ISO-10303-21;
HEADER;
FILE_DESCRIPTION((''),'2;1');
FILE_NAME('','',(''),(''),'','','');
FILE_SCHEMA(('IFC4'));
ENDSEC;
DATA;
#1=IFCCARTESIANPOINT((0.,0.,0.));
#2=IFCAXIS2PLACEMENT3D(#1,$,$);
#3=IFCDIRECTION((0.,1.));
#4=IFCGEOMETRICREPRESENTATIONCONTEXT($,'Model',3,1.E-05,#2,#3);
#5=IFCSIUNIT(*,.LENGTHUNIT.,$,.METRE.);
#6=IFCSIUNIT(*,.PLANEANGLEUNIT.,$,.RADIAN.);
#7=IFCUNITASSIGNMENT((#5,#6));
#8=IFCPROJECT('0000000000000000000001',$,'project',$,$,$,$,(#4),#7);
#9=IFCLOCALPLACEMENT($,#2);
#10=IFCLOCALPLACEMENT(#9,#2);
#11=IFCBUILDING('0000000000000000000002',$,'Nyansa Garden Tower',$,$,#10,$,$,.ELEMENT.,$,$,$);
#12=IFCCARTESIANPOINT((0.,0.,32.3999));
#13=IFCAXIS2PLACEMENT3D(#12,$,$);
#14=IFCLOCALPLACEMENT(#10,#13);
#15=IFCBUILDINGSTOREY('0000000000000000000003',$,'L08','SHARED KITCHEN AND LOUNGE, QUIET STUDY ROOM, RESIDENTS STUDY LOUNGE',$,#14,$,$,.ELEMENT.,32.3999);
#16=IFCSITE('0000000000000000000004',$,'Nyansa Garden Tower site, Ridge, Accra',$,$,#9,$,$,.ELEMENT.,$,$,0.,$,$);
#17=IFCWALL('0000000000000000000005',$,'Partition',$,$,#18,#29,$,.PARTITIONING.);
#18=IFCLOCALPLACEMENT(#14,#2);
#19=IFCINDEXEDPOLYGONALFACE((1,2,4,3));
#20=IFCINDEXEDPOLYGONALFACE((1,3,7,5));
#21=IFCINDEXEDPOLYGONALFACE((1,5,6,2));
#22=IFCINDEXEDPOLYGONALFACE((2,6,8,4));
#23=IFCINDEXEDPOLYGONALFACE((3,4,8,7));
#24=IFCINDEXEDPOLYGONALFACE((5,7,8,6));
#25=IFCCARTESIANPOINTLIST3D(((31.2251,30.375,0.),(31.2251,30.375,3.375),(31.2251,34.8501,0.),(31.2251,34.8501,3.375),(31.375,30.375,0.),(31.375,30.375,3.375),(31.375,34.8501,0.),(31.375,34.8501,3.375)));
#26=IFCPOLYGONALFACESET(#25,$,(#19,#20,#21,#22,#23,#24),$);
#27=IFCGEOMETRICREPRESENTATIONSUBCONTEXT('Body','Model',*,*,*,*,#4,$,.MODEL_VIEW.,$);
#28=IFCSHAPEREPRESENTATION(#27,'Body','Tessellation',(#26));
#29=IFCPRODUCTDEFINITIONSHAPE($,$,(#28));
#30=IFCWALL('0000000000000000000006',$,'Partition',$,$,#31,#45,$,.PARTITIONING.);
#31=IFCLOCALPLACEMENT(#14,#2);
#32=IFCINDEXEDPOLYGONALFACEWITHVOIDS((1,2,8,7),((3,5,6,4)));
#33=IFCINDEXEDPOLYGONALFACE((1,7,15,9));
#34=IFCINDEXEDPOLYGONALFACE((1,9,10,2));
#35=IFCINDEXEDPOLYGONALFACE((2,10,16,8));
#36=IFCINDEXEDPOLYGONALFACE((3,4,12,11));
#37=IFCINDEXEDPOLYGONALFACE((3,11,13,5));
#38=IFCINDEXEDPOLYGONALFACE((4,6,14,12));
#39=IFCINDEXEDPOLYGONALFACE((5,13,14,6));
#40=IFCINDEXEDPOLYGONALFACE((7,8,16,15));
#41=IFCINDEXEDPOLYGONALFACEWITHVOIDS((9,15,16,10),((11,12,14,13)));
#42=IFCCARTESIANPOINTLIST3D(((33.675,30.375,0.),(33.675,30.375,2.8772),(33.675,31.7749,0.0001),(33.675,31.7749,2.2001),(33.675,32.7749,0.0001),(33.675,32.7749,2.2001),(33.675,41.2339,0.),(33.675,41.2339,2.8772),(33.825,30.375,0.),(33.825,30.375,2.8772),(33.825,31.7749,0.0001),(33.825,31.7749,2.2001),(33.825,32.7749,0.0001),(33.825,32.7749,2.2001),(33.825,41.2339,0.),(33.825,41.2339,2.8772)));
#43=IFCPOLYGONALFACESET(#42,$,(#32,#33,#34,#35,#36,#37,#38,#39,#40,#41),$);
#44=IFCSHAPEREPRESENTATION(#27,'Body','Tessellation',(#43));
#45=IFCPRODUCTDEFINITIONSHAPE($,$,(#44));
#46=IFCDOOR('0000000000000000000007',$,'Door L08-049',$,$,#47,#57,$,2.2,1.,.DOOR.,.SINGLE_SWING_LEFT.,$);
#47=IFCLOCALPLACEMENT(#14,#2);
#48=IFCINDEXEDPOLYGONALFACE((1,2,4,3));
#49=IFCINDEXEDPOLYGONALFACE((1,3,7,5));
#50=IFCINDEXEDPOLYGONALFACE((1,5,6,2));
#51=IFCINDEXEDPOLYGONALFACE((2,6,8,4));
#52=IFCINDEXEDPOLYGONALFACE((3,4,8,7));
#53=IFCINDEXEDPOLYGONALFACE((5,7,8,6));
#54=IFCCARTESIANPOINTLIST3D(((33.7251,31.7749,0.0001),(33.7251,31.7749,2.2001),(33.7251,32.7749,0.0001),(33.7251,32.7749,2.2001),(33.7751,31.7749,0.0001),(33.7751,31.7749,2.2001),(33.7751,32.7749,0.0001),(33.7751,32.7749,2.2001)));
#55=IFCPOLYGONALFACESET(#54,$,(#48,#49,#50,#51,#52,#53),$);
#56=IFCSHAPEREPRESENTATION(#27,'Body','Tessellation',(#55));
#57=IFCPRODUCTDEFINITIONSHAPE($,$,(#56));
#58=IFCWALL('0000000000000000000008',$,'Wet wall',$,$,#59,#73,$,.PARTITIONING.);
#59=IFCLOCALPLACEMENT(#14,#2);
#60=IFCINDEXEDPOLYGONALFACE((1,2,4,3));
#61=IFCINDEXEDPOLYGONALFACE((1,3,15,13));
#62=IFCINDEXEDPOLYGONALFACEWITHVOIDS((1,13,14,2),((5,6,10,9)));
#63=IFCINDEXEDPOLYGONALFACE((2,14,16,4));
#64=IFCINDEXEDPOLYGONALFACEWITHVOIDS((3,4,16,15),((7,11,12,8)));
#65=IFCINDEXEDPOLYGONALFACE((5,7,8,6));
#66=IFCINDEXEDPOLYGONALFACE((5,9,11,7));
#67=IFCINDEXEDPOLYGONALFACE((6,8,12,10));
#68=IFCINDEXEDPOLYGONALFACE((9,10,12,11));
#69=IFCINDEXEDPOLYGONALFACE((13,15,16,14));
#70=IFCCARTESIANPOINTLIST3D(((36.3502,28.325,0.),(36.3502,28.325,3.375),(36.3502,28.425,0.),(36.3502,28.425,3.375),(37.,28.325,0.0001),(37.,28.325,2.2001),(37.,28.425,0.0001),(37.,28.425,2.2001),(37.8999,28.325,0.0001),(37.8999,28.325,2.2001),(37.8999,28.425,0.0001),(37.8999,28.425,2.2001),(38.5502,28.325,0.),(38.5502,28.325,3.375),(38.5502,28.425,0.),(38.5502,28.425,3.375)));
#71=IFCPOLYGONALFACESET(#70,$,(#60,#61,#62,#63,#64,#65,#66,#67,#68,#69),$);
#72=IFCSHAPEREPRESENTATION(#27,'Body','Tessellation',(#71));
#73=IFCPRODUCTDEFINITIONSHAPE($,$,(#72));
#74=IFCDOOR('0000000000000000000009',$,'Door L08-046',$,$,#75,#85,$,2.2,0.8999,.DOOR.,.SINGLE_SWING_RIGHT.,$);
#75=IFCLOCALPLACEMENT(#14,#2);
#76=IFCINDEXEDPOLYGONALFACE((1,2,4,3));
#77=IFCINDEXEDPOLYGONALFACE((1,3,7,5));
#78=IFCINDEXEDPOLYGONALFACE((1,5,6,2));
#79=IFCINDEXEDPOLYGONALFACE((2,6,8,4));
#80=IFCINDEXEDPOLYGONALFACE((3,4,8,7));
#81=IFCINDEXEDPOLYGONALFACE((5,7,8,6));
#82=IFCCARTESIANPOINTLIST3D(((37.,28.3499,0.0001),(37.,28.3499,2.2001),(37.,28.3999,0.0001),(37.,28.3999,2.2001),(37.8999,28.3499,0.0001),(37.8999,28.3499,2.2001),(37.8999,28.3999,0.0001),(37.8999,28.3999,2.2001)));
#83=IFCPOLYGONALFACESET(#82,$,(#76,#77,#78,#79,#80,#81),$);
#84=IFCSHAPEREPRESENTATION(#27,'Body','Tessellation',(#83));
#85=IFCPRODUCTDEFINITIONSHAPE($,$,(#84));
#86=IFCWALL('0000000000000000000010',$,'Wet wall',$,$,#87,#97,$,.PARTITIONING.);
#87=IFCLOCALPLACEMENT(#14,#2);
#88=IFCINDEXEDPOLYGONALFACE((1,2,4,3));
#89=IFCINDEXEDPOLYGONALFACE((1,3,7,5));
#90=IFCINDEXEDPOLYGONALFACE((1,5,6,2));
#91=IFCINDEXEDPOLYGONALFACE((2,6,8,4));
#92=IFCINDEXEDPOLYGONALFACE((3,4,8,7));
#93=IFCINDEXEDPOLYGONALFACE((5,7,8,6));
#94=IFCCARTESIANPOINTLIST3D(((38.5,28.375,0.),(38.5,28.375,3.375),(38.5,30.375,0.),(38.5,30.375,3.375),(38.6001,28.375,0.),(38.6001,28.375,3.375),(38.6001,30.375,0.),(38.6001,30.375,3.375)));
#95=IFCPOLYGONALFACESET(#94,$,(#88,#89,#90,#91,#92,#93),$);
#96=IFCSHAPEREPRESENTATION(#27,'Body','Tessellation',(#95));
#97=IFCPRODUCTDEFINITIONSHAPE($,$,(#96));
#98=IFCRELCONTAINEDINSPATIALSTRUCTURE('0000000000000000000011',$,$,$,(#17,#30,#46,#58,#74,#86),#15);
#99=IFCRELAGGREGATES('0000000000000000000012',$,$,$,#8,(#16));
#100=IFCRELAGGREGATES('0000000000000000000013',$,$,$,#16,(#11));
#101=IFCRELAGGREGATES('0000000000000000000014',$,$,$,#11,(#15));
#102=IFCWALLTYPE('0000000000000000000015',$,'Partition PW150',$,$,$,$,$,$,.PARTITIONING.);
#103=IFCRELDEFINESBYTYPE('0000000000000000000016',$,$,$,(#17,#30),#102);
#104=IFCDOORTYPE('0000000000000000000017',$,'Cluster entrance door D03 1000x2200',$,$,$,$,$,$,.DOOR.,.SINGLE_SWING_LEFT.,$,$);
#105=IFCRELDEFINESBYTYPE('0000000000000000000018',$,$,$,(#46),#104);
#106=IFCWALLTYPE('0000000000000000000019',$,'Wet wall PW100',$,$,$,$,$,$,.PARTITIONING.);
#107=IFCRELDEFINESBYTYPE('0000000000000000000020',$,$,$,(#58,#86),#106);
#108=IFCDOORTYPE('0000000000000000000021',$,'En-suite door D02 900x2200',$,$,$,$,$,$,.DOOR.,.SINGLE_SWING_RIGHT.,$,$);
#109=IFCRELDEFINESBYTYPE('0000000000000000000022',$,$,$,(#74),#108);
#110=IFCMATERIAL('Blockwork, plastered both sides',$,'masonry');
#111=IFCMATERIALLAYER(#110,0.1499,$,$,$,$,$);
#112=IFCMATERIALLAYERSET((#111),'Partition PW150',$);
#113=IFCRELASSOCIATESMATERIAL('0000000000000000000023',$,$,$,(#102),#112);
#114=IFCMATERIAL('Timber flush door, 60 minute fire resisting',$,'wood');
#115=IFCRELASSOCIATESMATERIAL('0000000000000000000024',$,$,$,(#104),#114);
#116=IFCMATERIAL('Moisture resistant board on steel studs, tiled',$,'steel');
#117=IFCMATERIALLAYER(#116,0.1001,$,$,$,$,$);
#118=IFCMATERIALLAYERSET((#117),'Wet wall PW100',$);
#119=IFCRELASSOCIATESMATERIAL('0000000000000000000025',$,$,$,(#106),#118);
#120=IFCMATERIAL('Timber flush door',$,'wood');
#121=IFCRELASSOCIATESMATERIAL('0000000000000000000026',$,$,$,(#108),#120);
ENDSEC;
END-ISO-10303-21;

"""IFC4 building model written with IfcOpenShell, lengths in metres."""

from ifc_helpers import new_model, si_unit, direction, frame, frame_2d, origin, place, context, subcontext, project, spatial, rectangle, extrude, material, layer, layer_set, type_object, element, fill, save


model = new_model("IFC4")

# Units and contexts
model_context = context("Model", 3, precision=1e-05, world=origin(), true_north=direction((0.0, 1.0)))
body_context = subcontext(model_context, "Body", "Model", "MODEL_VIEW")
ifc_project = project(units=[si_unit("LENGTHUNIT", "METRE"), si_unit("PLANEANGLEUNIT", "RADIAN")], contexts=[model_context])

# Site, building, storey
site_placement = place(None, origin())
site = spatial("IfcSite", under=ifc_project, at=site_placement, Name="Nyansa Garden Tower site, Ridge, Accra", CompositionType="ELEMENT", RefElevation=0.0)
building_placement = place(site_placement, origin())
building = spatial("IfcBuilding", under=site, at=building_placement, Name="Nyansa Garden Tower", CompositionType="ELEMENT")
storey_placement = place(building_placement, frame((0.0, 0.0, 32.3999)))
storey = spatial("IfcBuildingStorey", under=building, at=storey_placement, Name="L08", Description="SHARED KITCHEN AND LOUNGE, QUIET STUDY ROOM, RESIDENTS STUDY LOUNGE", CompositionType="ELEMENT", Elevation=32.3999)

# Wall
ifc_material_1 = material(Name="Blockwork, plastered both sides", Category="masonry")
ifc_layer_1 = layer(ifc_material_1, 0.1499)
ifc_layer_set_1 = layer_set([ifc_layer_1], Name="Partition PW150")
wall_type_1 = type_object("IfcWallType", Name="Partition PW150", PredefinedType="PARTITIONING", material=ifc_layer_set_1)
wall_1_placement = place(storey_placement, frame((31.3, 30.375, 0.0), z_axis=(0.0, 0.0, 1.0), x_axis=(0.0, 1.0, 0.0)))
element("IfcWall", 1, at=wall_1_placement, inside=storey, type_object=wall_type_1, Name="Partition", PredefinedType="PARTITIONING", context=body_context, shape_type="SweptSolid", body=[
    extrude(rectangle(XDim=4.4751, YDim=0.1499, at=frame_2d((2.2375, 0.0))), origin(), (0.0, 0.0, 1.0), 3.375),
])

# Walls, openings, doors
wall_2_placement = place(storey_placement, frame((33.75, 30.375, 0.0), z_axis=(0.0, 0.0, 1.0), x_axis=(0.0, 1.0, 0.0)))
wall_2 = element("IfcWall", 2, at=wall_2_placement, inside=storey, type_object=wall_type_1, Name="Partition", PredefinedType="PARTITIONING", context=body_context, shape_type="SweptSolid", body=[
    extrude(rectangle(XDim=10.8589, YDim=0.1499, at=frame_2d((5.4294, 0.0))), origin(), (0.0, 0.0, 1.0), 2.8772),
])
opening_1_placement = place(wall_2_placement, frame((1.3999, 0.0, 0.0)))
opening_1 = element("IfcOpeningElement", 3, at=opening_1_placement, cuts=wall_2, PredefinedType="OPENING", context=body_context, shape_type="SweptSolid", body=[
    extrude(rectangle(XDim=1.0, YDim=2.2, at=frame_2d((0.5, 1.1001))), frame((0.0, 0.085, 0.0), z_axis=(0.0, -1.0, 0.0), x_axis=(1.0, 0.0, 0.0)), (0.0, 0.0, 1.0), 0.1699),
])
ifc_material_2 = material(Name="Timber flush door, 60 minute fire resisting", Category="wood")
door_type_1 = type_object("IfcDoorType", Name="Cluster entrance door D03 1000x2200", OperationType="SINGLE_SWING_LEFT", PredefinedType="DOOR", material=ifc_material_2)
door_1_placement = place(opening_1_placement, origin())
door_1 = element("IfcDoor", 4, at=door_1_placement, inside=storey, type_object=door_type_1, Name="Door L08-049", OperationType="SINGLE_SWING_LEFT", OverallHeight=2.2, OverallWidth=1.0, PredefinedType="DOOR", context=body_context, shape_type="SweptSolid", body=[
    extrude(rectangle(XDim=1.0, YDim=2.2, at=frame_2d((0.5, 1.1001))), frame((0.0, 0.0249, 0.0), z_axis=(0.0, -1.0, 0.0), x_axis=(1.0, 0.0, 0.0)), (0.0, 0.0, 1.0), 0.05),
])
fill(opening_1, door_1)
ifc_material_3 = material(Name="Moisture resistant board on steel studs, tiled", Category="steel")
ifc_layer_2 = layer(ifc_material_3, 0.1001)
ifc_layer_set_2 = layer_set([ifc_layer_2], Name="Wet wall PW100")
wall_type_2 = type_object("IfcWallType", Name="Wet wall PW100", PredefinedType="PARTITIONING", material=ifc_layer_set_2)
wall_3_placement = place(storey_placement, frame((36.3501, 28.375, 0.0), z_axis=(0.0, 0.0, 1.0), x_axis=(1.0, 0.0, 0.0)))
wall_3 = element("IfcWall", 5, at=wall_3_placement, inside=storey, type_object=wall_type_2, Name="Wet wall", PredefinedType="PARTITIONING", context=body_context, shape_type="SweptSolid", body=[
    extrude(rectangle(XDim=2.2, YDim=0.1001, at=frame_2d((1.1001, 0.0))), origin(), (0.0, 0.0, 1.0), 3.375),
])
opening_2_placement = place(wall_3_placement, frame((0.6499, 0.0, 0.0)))
opening_2 = element("IfcOpeningElement", 6, at=opening_2_placement, cuts=wall_3, PredefinedType="OPENING", context=body_context, shape_type="SweptSolid", body=[
    extrude(rectangle(XDim=0.8999, YDim=2.2, at=frame_2d((0.45, 1.1001))), frame((0.0, 0.0601, 0.0), z_axis=(0.0, -1.0, 0.0), x_axis=(1.0, 0.0, 0.0)), (0.0, 0.0, 1.0), 0.1201),
])
ifc_material_4 = material(Name="Timber flush door", Category="wood")
door_type_2 = type_object("IfcDoorType", Name="En-suite door D02 900x2200", OperationType="SINGLE_SWING_RIGHT", PredefinedType="DOOR", material=ifc_material_4)
door_2_placement = place(opening_2_placement, origin())
door_2 = element("IfcDoor", 7, at=door_2_placement, inside=storey, type_object=door_type_2, Name="Door L08-046", OperationType="SINGLE_SWING_RIGHT", OverallHeight=2.2, OverallWidth=0.8999, PredefinedType="DOOR", context=body_context, shape_type="SweptSolid", body=[
    extrude(rectangle(XDim=0.8999, YDim=2.2, at=frame_2d((0.45, 1.1001))), frame((0.0, 0.0249, 0.0), z_axis=(0.0, -1.0, 0.0), x_axis=(1.0, 0.0, 0.0)), (0.0, 0.0, 1.0), 0.05),
])
fill(opening_2, door_2)

# Wall
wall_4_placement = place(storey_placement, frame((38.55, 28.375, 0.0), z_axis=(0.0, 0.0, 1.0), x_axis=(0.0, 1.0, 0.0)))
element("IfcWall", 8, at=wall_4_placement, inside=storey, type_object=wall_type_2, Name="Wet wall", PredefinedType="PARTITIONING", context=body_context, shape_type="SweptSolid", body=[
    extrude(rectangle(XDim=2.0, YDim=0.1001, at=frame_2d((1.0, 0.0))), origin(), (0.0, 0.0, 1.0), 3.375),
])

save(model, "model.ifc")
